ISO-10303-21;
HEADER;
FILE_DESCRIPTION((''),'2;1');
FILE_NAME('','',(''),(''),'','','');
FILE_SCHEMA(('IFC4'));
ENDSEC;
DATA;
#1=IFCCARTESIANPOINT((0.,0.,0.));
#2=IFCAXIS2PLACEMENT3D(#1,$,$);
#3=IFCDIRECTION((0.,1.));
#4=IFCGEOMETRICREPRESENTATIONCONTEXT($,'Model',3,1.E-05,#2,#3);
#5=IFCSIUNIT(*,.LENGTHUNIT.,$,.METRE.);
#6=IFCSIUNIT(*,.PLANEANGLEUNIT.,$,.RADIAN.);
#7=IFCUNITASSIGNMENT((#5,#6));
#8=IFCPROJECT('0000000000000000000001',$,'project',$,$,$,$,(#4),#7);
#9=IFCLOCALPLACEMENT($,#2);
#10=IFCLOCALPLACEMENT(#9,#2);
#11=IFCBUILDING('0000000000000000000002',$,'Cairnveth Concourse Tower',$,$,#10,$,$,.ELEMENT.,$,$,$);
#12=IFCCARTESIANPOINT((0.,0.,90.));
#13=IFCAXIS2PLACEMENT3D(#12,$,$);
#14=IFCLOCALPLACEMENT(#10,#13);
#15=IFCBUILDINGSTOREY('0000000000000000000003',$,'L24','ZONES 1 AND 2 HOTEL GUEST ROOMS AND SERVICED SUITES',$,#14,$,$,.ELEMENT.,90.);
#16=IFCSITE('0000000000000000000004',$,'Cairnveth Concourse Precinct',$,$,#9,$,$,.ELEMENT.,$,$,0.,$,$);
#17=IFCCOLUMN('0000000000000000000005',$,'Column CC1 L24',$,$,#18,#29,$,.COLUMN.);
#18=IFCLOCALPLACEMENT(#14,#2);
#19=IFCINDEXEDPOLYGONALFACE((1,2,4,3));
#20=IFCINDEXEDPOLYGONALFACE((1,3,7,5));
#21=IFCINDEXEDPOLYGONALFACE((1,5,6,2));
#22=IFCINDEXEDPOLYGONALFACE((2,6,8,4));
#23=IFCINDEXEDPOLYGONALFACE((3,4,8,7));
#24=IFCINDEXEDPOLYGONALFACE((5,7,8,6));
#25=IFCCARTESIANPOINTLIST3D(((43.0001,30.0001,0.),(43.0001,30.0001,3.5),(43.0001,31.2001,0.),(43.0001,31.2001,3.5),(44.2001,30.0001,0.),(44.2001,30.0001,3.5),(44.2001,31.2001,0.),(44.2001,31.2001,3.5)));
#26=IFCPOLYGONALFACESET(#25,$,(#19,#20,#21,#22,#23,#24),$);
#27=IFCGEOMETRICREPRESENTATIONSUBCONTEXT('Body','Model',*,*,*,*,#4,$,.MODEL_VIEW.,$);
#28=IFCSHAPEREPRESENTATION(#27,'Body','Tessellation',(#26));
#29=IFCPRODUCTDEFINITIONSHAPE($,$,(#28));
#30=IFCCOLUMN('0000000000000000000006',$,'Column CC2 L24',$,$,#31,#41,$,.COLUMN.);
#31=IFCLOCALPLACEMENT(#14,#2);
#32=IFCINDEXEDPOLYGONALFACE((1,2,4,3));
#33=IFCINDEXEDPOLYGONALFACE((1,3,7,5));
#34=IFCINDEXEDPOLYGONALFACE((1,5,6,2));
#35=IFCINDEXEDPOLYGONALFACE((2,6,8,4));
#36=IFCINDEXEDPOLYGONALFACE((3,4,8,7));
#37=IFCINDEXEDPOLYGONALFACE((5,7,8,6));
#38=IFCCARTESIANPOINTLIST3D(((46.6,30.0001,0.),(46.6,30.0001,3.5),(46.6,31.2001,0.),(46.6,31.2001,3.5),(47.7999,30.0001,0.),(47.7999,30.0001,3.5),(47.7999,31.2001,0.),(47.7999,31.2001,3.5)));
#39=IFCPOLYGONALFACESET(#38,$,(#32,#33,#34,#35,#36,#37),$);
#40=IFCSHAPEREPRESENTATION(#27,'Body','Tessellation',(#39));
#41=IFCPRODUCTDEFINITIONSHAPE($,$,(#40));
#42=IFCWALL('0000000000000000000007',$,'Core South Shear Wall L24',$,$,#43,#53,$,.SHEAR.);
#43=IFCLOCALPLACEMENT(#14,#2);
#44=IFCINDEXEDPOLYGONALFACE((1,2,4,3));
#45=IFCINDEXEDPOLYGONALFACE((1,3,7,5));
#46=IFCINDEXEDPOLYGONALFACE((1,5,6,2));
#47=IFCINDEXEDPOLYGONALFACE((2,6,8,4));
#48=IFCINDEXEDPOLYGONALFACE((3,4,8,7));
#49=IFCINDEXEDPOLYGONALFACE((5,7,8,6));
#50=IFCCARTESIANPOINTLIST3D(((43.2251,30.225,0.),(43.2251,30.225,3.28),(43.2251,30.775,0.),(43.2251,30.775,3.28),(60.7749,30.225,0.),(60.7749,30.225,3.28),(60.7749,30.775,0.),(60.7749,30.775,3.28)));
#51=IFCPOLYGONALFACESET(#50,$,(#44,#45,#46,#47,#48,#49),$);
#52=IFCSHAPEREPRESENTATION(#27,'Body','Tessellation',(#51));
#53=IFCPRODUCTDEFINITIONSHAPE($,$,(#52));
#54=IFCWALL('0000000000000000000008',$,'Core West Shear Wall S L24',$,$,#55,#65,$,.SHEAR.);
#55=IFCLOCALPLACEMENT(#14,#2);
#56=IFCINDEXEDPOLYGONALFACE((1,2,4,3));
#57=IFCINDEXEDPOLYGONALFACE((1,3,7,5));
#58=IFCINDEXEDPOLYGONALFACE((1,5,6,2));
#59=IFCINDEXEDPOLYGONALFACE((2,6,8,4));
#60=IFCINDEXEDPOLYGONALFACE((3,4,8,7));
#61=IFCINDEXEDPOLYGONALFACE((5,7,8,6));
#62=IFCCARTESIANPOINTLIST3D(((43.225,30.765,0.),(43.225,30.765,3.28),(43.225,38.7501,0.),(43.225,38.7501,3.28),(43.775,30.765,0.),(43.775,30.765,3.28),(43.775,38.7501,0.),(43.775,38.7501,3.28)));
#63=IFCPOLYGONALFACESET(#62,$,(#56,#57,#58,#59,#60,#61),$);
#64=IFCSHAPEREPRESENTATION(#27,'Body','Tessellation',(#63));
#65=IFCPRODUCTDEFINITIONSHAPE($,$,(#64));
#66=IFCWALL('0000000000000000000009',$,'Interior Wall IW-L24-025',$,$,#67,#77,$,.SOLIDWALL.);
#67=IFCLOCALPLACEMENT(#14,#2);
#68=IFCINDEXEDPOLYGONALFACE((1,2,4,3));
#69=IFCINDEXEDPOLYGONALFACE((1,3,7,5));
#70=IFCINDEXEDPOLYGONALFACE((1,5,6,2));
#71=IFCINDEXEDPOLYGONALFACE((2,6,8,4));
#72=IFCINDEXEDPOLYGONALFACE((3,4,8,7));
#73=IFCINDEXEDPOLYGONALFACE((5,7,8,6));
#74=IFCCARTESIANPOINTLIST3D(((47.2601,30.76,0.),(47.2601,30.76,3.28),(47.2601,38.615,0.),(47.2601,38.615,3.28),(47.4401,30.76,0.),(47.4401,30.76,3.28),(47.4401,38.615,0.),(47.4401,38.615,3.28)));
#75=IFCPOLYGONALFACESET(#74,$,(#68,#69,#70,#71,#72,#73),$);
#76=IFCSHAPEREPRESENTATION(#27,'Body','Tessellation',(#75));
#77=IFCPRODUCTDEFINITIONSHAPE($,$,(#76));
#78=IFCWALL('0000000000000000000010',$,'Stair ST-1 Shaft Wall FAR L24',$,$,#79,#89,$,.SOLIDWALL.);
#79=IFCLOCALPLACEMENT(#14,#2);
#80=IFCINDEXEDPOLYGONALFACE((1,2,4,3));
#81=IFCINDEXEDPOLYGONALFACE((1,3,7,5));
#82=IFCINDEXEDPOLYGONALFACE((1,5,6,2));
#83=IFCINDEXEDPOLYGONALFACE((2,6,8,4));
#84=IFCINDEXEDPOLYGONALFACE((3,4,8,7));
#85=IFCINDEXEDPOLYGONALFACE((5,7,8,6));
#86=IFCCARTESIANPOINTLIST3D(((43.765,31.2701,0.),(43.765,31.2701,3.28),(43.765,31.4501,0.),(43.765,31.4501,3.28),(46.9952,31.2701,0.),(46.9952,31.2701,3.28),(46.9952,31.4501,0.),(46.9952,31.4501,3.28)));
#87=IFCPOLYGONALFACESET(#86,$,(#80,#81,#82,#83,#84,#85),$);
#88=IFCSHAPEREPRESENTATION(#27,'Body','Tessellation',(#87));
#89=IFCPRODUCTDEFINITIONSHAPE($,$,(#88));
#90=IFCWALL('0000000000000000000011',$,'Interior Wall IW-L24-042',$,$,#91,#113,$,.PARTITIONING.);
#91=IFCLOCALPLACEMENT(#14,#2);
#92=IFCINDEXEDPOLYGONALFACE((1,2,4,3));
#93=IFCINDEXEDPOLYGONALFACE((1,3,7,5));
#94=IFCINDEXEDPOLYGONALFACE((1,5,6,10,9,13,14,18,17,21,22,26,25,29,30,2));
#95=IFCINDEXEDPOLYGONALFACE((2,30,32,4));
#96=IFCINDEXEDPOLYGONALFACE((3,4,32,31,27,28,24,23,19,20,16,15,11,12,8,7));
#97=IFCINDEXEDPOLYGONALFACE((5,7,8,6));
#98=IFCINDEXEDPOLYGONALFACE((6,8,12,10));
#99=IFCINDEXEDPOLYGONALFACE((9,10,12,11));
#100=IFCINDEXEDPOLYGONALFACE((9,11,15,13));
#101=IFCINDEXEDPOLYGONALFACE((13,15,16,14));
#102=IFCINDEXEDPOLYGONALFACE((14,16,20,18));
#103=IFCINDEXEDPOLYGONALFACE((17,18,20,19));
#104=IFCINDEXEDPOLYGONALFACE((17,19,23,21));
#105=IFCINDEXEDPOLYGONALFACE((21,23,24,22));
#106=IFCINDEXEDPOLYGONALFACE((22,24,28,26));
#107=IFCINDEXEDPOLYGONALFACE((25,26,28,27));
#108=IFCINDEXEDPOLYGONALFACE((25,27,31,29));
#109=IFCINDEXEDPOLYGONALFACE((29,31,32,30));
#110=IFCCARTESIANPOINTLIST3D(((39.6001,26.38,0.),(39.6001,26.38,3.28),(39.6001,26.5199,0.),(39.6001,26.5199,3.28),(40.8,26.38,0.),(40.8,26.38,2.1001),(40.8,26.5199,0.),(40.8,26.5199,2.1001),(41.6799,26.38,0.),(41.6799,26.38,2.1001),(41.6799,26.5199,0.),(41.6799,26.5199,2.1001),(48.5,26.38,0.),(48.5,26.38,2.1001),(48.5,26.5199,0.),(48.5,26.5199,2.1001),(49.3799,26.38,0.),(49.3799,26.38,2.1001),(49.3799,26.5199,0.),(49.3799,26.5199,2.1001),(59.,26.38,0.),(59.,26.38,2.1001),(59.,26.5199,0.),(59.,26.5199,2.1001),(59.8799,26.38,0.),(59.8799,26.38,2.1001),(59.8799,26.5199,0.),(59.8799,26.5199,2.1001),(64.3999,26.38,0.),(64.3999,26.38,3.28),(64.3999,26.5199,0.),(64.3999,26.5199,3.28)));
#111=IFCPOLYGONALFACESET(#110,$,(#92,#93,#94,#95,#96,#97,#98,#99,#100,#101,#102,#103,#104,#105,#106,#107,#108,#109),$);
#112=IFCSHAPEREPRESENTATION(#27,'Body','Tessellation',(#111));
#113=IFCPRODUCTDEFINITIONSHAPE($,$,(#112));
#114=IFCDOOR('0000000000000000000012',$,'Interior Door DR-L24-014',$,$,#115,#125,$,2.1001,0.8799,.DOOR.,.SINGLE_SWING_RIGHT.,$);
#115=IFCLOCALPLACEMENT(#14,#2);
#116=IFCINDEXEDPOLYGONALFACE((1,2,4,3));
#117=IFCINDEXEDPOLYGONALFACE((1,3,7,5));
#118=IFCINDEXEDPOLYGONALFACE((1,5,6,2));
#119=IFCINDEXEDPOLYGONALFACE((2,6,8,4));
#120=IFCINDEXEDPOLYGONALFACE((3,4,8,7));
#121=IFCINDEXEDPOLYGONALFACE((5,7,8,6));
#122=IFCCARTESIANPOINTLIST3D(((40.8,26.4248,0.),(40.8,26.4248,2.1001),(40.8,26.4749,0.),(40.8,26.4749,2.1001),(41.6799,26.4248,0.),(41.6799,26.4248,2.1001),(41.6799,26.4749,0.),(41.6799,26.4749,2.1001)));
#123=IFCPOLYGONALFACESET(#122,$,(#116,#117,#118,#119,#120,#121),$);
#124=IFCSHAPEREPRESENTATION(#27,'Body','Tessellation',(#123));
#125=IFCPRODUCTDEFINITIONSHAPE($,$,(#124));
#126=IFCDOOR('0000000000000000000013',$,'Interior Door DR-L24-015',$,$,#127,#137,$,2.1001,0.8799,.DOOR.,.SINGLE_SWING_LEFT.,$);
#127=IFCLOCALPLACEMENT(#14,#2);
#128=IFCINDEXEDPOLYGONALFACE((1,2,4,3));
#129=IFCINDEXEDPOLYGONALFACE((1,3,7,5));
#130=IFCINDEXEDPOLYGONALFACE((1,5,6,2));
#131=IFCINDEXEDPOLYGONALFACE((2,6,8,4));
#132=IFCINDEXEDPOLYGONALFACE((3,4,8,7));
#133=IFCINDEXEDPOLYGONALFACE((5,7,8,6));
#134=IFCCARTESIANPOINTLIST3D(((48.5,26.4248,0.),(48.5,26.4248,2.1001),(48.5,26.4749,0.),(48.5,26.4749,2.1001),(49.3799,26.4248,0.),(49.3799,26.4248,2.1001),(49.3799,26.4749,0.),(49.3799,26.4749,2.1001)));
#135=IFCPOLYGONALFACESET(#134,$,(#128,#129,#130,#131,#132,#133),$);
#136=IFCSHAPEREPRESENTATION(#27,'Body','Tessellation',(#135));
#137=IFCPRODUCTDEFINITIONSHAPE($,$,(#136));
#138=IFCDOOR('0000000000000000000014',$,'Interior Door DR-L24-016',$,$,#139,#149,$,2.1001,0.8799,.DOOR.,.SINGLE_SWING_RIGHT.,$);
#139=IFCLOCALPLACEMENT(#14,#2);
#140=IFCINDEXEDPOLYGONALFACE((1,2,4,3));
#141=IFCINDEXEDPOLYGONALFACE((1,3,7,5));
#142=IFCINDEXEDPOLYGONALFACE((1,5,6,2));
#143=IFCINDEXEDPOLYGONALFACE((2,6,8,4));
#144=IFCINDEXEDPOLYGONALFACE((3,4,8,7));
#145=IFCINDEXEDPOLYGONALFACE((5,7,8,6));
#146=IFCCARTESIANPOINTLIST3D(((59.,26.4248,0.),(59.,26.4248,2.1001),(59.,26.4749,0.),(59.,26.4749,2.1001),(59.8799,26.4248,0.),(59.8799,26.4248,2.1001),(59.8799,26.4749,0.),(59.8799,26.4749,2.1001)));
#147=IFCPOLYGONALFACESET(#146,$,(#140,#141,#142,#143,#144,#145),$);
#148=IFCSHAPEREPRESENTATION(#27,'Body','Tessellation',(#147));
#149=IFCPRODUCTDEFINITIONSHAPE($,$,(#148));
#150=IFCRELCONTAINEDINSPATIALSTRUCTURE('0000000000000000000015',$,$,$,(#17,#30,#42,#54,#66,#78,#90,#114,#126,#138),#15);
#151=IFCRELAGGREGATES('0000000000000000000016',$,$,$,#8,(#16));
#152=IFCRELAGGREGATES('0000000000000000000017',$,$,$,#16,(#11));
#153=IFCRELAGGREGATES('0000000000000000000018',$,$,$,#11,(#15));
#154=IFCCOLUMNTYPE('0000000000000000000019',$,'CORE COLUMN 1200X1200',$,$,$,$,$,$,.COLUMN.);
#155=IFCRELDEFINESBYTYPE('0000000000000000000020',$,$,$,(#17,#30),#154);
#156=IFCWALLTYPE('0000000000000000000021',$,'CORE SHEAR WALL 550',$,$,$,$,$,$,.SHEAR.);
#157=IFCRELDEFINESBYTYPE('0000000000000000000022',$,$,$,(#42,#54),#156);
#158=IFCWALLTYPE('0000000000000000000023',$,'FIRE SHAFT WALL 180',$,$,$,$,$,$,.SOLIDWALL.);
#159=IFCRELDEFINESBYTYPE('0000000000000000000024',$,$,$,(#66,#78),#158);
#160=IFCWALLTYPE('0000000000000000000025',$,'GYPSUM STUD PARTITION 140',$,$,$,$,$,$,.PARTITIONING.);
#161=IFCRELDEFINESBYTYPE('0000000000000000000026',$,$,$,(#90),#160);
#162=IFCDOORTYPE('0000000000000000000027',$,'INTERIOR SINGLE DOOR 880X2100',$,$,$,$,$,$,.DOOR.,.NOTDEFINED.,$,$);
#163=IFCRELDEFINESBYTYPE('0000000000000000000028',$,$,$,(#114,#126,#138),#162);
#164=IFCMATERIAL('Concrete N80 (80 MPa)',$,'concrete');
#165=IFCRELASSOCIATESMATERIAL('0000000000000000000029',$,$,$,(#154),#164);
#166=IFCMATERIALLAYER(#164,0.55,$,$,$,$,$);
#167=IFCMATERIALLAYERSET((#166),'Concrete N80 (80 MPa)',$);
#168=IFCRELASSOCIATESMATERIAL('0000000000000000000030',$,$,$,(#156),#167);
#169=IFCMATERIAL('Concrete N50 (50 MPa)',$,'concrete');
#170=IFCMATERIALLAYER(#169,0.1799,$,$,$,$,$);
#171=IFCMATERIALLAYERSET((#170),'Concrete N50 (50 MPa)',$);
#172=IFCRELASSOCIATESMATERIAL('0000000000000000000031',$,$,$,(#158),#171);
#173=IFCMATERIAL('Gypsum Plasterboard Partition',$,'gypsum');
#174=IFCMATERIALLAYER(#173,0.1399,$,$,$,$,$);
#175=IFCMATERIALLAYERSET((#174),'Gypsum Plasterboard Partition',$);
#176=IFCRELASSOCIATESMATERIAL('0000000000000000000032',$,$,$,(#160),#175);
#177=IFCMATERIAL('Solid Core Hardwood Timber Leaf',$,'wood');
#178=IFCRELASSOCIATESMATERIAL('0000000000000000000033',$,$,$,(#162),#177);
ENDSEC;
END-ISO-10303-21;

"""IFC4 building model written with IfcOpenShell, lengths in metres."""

from ifc_helpers import new_model, si_unit, direction, frame, frame_2d, origin, origin_2d, place, context, subcontext, project, spatial, rectangle, extrude, material, layer, layer_set, material_profile, profile_set, type_object, element, fill, save


model = new_model("IFC4")

# Units and contexts
model_context = context("Model", 3, precision=1e-05, world=origin(), true_north=direction((0.0, 1.0)))
body_context = subcontext(model_context, "Body", "Model", "MODEL_VIEW")
ifc_project = project(units=[si_unit("LENGTHUNIT", "METRE"), si_unit("PLANEANGLEUNIT", "RADIAN")], contexts=[model_context])

# Site, building, storey
site_placement = place(None, origin())
site = spatial("IfcSite", under=ifc_project, at=site_placement, Name="Cairnveth Concourse Precinct", CompositionType="ELEMENT", RefElevation=0.0)
building_placement = place(site_placement, origin())
building = spatial("IfcBuilding", under=site, at=building_placement, Name="Cairnveth Concourse Tower", CompositionType="ELEMENT")
storey_placement = place(building_placement, frame((0.0, 0.0, 90.0)))
storey = spatial("IfcBuildingStorey", under=building, at=storey_placement, Name="L24", Description="ZONES 1 AND 2 HOTEL GUEST ROOMS AND SERVICED SUITES", CompositionType="ELEMENT", Elevation=90.0)

# Columns
ifc_material_1 = material(Name="Concrete N80 (80 MPa)", Category="concrete")
ifc_material_profile = material_profile(ifc_material_1, rectangle(XDim=1.2, YDim=1.2, at=origin_2d()), Name="RC-COL-1200x1200")
ifc_profile_set = profile_set([ifc_material_profile], Name="Concrete N80 (80 MPa)")
column_type = type_object("IfcColumnType", Name="CORE COLUMN 1200X1200", PredefinedType="COLUMN", material=ifc_profile_set)
for number, where, z_axis, x_axis, name in (
    (1, (43.6001, 30.6001, 0.0), (0.0, 0.0, 1.0), (1.0, 0.0, 0.0), "Column CC1 L24"),
    (2, (47.2, 30.6001, 0.0), (0.0, 0.0, 1.0), (1.0, 0.0, 0.0), "Column CC2 L24"),
):
    element("IfcColumn", number, at=place(storey_placement, frame(where, z_axis=z_axis, x_axis=x_axis)), inside=storey, type_object=column_type, Name=name, PredefinedType="COLUMN", context=body_context, shape_type="SweptSolid", body=[
        extrude(rectangle(XDim=1.2, YDim=1.2, at=origin_2d()), origin(), (0.0, 0.0, 1.0), 3.5),
    ])

# Walls
ifc_layer_1 = layer(ifc_material_1, 0.55)
ifc_layer_set_1 = layer_set([ifc_layer_1], Name="Concrete N80 (80 MPa)")
wall_type_1 = type_object("IfcWallType", Name="CORE SHEAR WALL 550", PredefinedType="SHEAR", material=ifc_layer_set_1)
wall_1_placement = place(storey_placement, frame((43.2251, 30.5, 0.0), z_axis=(0.0, 0.0, 1.0), x_axis=(1.0, 0.0, 0.0)))
element("IfcWall", 3, at=wall_1_placement, inside=storey, type_object=wall_type_1, Name="Core South Shear Wall L24", PredefinedType="SHEAR", context=body_context, shape_type="SweptSolid", body=[
    extrude(rectangle(XDim=17.5498, YDim=0.55, at=frame_2d((8.7749, 0.0))), origin(), (0.0, 0.0, 1.0), 3.28),
])
wall_2_placement = place(storey_placement, frame((43.5, 30.7649, 0.0), z_axis=(0.0, 0.0, 1.0), x_axis=(0.0, 1.0, 0.0)))
element("IfcWall", 4, at=wall_2_placement, inside=storey, type_object=wall_type_1, Name="Core West Shear Wall S L24", PredefinedType="SHEAR", context=body_context, shape_type="SweptSolid", body=[
    extrude(rectangle(XDim=7.9851, YDim=0.55, at=frame_2d((3.9927, 0.0))), origin(), (0.0, 0.0, 1.0), 3.28),
])
ifc_material_2 = material(Name="Concrete N50 (50 MPa)", Category="concrete")
ifc_layer_2 = layer(ifc_material_2, 0.1799)
ifc_layer_set_2 = layer_set([ifc_layer_2], Name="Concrete N50 (50 MPa)")
wall_type_2 = type_object("IfcWallType", Name="FIRE SHAFT WALL 180", PredefinedType="SOLIDWALL", material=ifc_layer_set_2)
wall_3_placement = place(storey_placement, frame((47.3501, 30.76, 0.0), z_axis=(0.0, 0.0, 1.0), x_axis=(0.0, 1.0, 0.0)))
element("IfcWall", 5, at=wall_3_placement, inside=storey, type_object=wall_type_2, Name="Interior Wall IW-L24-025", PredefinedType="SOLIDWALL", context=body_context, shape_type="SweptSolid", body=[
    extrude(rectangle(XDim=7.855, YDim=0.1799, at=frame_2d((3.9275, 0.0))), origin(), (0.0, 0.0, 1.0), 3.28),
])
wall_4_placement = place(storey_placement, frame((43.7649, 31.3601, 0.0), z_axis=(0.0, 0.0, 1.0), x_axis=(1.0, 0.0, 0.0)))
element("IfcWall", 6, at=wall_4_placement, inside=storey, type_object=wall_type_2, Name="Stair ST-1 Shaft Wall FAR L24", PredefinedType="SOLIDWALL", context=body_context, shape_type="SweptSolid", body=[
    extrude(rectangle(XDim=3.2302, YDim=0.1799, at=frame_2d((1.6152, 0.0))), origin(), (0.0, 0.0, 1.0), 3.28),
])

# Wall, openings, doors
ifc_material_3 = material(Name="Gypsum Plasterboard Partition", Category="gypsum")
ifc_layer_3 = layer(ifc_material_3, 0.1399)
ifc_layer_set_3 = layer_set([ifc_layer_3], Name="Gypsum Plasterboard Partition")
wall_type_3 = type_object("IfcWallType", Name="GYPSUM STUD PARTITION 140", PredefinedType="PARTITIONING", material=ifc_layer_set_3)
wall_5_placement = place(storey_placement, frame((39.6001, 26.45, 0.0), z_axis=(0.0, 0.0, 1.0), x_axis=(1.0, 0.0, 0.0)))
wall_5 = element("IfcWall", 7, at=wall_5_placement, inside=storey, type_object=wall_type_3, Name="Interior Wall IW-L24-042", PredefinedType="PARTITIONING", context=body_context, shape_type="SweptSolid", body=[
    extrude(rectangle(XDim=24.7998, YDim=0.1399, at=frame_2d((12.3999, 0.0))), origin(), (0.0, 0.0, 1.0), 3.28),
])
opening_1_placement = place(wall_5_placement, frame((1.2, 0.0, 0.0)))
opening_1 = element("IfcOpeningElement", 8, at=opening_1_placement, cuts=wall_5, PredefinedType="OPENING", context=body_context, shape_type="SweptSolid", body=[
    extrude(rectangle(XDim=0.8799, YDim=2.1001, at=frame_2d((0.4399, 1.05))), frame((0.0, 0.0798, 0.0), z_axis=(0.0, -1.0, 0.0), x_axis=(1.0, 0.0, 0.0)), (0.0, 0.0, 1.0), 0.1599),
])
opening_2_placement = place(wall_5_placement, frame((8.8999, 0.0, 0.0)))
opening_2 = element("IfcOpeningElement", 9, at=opening_2_placement, cuts=wall_5, PredefinedType="OPENING", context=body_context, shape_type="SweptSolid", body=[
    extrude(rectangle(XDim=0.8799, YDim=2.1001, at=frame_2d((0.4399, 1.05))), frame((0.0, 0.0798, 0.0), z_axis=(0.0, -1.0, 0.0), x_axis=(1.0, 0.0, 0.0)), (0.0, 0.0, 1.0), 0.1599),
])
opening_3_placement = place(wall_5_placement, frame((19.3999, 0.0, 0.0)))
opening_3 = element("IfcOpeningElement", 10, at=opening_3_placement, cuts=wall_5, PredefinedType="OPENING", context=body_context, shape_type="SweptSolid", body=[
    extrude(rectangle(XDim=0.8799, YDim=2.1001, at=frame_2d((0.4399, 1.05))), frame((0.0, 0.0798, 0.0), z_axis=(0.0, -1.0, 0.0), x_axis=(1.0, 0.0, 0.0)), (0.0, 0.0, 1.0), 0.1599),
])
ifc_material_4 = material(Name="Solid Core Hardwood Timber Leaf", Category="wood")
door_type = type_object("IfcDoorType", Name="INTERIOR SINGLE DOOR 880X2100", OperationType="NOTDEFINED", PredefinedType="DOOR", material=ifc_material_4)
door_1_placement = place(opening_1_placement, origin())
door_1 = element("IfcDoor", 11, at=door_1_placement, inside=storey, type_object=door_type, Name="Interior Door DR-L24-014", OperationType="SINGLE_SWING_RIGHT", OverallHeight=2.1001, OverallWidth=0.8799, PredefinedType="DOOR", context=body_context, shape_type="SweptSolid", body=[
    extrude(rectangle(XDim=0.8799, YDim=2.1001, at=frame_2d((0.4399, 1.05))), frame((0.0, 0.0249, 0.0), z_axis=(0.0, -1.0, 0.0), x_axis=(1.0, 0.0, 0.0)), (0.0, 0.0, 1.0), 0.05),
])
fill(opening_1, door_1)
door_2_placement = place(opening_2_placement, origin())
door_2 = element("IfcDoor", 12, at=door_2_placement, inside=storey, type_object=door_type, Name="Interior Door DR-L24-015", OperationType="SINGLE_SWING_LEFT", OverallHeight=2.1001, OverallWidth=0.8799, PredefinedType="DOOR", context=body_context, shape_type="SweptSolid", body=[
    extrude(rectangle(XDim=0.8799, YDim=2.1001, at=frame_2d((0.4399, 1.05))), frame((0.0, 0.0249, 0.0), z_axis=(0.0, -1.0, 0.0), x_axis=(1.0, 0.0, 0.0)), (0.0, 0.0, 1.0), 0.05),
])
fill(opening_2, door_2)
door_3_placement = place(opening_3_placement, origin())
door_3 = element("IfcDoor", 13, at=door_3_placement, inside=storey, type_object=door_type, Name="Interior Door DR-L24-016", OperationType="SINGLE_SWING_RIGHT", OverallHeight=2.1001, OverallWidth=0.8799, PredefinedType="DOOR", context=body_context, shape_type="SweptSolid", body=[
    extrude(rectangle(XDim=0.8799, YDim=2.1001, at=frame_2d((0.4399, 1.05))), frame((0.0, 0.0249, 0.0), z_axis=(0.0, -1.0, 0.0), x_axis=(1.0, 0.0, 0.0)), (0.0, 0.0, 1.0), 0.05),
])
fill(opening_3, door_3)

save(model, "model.ifc")
